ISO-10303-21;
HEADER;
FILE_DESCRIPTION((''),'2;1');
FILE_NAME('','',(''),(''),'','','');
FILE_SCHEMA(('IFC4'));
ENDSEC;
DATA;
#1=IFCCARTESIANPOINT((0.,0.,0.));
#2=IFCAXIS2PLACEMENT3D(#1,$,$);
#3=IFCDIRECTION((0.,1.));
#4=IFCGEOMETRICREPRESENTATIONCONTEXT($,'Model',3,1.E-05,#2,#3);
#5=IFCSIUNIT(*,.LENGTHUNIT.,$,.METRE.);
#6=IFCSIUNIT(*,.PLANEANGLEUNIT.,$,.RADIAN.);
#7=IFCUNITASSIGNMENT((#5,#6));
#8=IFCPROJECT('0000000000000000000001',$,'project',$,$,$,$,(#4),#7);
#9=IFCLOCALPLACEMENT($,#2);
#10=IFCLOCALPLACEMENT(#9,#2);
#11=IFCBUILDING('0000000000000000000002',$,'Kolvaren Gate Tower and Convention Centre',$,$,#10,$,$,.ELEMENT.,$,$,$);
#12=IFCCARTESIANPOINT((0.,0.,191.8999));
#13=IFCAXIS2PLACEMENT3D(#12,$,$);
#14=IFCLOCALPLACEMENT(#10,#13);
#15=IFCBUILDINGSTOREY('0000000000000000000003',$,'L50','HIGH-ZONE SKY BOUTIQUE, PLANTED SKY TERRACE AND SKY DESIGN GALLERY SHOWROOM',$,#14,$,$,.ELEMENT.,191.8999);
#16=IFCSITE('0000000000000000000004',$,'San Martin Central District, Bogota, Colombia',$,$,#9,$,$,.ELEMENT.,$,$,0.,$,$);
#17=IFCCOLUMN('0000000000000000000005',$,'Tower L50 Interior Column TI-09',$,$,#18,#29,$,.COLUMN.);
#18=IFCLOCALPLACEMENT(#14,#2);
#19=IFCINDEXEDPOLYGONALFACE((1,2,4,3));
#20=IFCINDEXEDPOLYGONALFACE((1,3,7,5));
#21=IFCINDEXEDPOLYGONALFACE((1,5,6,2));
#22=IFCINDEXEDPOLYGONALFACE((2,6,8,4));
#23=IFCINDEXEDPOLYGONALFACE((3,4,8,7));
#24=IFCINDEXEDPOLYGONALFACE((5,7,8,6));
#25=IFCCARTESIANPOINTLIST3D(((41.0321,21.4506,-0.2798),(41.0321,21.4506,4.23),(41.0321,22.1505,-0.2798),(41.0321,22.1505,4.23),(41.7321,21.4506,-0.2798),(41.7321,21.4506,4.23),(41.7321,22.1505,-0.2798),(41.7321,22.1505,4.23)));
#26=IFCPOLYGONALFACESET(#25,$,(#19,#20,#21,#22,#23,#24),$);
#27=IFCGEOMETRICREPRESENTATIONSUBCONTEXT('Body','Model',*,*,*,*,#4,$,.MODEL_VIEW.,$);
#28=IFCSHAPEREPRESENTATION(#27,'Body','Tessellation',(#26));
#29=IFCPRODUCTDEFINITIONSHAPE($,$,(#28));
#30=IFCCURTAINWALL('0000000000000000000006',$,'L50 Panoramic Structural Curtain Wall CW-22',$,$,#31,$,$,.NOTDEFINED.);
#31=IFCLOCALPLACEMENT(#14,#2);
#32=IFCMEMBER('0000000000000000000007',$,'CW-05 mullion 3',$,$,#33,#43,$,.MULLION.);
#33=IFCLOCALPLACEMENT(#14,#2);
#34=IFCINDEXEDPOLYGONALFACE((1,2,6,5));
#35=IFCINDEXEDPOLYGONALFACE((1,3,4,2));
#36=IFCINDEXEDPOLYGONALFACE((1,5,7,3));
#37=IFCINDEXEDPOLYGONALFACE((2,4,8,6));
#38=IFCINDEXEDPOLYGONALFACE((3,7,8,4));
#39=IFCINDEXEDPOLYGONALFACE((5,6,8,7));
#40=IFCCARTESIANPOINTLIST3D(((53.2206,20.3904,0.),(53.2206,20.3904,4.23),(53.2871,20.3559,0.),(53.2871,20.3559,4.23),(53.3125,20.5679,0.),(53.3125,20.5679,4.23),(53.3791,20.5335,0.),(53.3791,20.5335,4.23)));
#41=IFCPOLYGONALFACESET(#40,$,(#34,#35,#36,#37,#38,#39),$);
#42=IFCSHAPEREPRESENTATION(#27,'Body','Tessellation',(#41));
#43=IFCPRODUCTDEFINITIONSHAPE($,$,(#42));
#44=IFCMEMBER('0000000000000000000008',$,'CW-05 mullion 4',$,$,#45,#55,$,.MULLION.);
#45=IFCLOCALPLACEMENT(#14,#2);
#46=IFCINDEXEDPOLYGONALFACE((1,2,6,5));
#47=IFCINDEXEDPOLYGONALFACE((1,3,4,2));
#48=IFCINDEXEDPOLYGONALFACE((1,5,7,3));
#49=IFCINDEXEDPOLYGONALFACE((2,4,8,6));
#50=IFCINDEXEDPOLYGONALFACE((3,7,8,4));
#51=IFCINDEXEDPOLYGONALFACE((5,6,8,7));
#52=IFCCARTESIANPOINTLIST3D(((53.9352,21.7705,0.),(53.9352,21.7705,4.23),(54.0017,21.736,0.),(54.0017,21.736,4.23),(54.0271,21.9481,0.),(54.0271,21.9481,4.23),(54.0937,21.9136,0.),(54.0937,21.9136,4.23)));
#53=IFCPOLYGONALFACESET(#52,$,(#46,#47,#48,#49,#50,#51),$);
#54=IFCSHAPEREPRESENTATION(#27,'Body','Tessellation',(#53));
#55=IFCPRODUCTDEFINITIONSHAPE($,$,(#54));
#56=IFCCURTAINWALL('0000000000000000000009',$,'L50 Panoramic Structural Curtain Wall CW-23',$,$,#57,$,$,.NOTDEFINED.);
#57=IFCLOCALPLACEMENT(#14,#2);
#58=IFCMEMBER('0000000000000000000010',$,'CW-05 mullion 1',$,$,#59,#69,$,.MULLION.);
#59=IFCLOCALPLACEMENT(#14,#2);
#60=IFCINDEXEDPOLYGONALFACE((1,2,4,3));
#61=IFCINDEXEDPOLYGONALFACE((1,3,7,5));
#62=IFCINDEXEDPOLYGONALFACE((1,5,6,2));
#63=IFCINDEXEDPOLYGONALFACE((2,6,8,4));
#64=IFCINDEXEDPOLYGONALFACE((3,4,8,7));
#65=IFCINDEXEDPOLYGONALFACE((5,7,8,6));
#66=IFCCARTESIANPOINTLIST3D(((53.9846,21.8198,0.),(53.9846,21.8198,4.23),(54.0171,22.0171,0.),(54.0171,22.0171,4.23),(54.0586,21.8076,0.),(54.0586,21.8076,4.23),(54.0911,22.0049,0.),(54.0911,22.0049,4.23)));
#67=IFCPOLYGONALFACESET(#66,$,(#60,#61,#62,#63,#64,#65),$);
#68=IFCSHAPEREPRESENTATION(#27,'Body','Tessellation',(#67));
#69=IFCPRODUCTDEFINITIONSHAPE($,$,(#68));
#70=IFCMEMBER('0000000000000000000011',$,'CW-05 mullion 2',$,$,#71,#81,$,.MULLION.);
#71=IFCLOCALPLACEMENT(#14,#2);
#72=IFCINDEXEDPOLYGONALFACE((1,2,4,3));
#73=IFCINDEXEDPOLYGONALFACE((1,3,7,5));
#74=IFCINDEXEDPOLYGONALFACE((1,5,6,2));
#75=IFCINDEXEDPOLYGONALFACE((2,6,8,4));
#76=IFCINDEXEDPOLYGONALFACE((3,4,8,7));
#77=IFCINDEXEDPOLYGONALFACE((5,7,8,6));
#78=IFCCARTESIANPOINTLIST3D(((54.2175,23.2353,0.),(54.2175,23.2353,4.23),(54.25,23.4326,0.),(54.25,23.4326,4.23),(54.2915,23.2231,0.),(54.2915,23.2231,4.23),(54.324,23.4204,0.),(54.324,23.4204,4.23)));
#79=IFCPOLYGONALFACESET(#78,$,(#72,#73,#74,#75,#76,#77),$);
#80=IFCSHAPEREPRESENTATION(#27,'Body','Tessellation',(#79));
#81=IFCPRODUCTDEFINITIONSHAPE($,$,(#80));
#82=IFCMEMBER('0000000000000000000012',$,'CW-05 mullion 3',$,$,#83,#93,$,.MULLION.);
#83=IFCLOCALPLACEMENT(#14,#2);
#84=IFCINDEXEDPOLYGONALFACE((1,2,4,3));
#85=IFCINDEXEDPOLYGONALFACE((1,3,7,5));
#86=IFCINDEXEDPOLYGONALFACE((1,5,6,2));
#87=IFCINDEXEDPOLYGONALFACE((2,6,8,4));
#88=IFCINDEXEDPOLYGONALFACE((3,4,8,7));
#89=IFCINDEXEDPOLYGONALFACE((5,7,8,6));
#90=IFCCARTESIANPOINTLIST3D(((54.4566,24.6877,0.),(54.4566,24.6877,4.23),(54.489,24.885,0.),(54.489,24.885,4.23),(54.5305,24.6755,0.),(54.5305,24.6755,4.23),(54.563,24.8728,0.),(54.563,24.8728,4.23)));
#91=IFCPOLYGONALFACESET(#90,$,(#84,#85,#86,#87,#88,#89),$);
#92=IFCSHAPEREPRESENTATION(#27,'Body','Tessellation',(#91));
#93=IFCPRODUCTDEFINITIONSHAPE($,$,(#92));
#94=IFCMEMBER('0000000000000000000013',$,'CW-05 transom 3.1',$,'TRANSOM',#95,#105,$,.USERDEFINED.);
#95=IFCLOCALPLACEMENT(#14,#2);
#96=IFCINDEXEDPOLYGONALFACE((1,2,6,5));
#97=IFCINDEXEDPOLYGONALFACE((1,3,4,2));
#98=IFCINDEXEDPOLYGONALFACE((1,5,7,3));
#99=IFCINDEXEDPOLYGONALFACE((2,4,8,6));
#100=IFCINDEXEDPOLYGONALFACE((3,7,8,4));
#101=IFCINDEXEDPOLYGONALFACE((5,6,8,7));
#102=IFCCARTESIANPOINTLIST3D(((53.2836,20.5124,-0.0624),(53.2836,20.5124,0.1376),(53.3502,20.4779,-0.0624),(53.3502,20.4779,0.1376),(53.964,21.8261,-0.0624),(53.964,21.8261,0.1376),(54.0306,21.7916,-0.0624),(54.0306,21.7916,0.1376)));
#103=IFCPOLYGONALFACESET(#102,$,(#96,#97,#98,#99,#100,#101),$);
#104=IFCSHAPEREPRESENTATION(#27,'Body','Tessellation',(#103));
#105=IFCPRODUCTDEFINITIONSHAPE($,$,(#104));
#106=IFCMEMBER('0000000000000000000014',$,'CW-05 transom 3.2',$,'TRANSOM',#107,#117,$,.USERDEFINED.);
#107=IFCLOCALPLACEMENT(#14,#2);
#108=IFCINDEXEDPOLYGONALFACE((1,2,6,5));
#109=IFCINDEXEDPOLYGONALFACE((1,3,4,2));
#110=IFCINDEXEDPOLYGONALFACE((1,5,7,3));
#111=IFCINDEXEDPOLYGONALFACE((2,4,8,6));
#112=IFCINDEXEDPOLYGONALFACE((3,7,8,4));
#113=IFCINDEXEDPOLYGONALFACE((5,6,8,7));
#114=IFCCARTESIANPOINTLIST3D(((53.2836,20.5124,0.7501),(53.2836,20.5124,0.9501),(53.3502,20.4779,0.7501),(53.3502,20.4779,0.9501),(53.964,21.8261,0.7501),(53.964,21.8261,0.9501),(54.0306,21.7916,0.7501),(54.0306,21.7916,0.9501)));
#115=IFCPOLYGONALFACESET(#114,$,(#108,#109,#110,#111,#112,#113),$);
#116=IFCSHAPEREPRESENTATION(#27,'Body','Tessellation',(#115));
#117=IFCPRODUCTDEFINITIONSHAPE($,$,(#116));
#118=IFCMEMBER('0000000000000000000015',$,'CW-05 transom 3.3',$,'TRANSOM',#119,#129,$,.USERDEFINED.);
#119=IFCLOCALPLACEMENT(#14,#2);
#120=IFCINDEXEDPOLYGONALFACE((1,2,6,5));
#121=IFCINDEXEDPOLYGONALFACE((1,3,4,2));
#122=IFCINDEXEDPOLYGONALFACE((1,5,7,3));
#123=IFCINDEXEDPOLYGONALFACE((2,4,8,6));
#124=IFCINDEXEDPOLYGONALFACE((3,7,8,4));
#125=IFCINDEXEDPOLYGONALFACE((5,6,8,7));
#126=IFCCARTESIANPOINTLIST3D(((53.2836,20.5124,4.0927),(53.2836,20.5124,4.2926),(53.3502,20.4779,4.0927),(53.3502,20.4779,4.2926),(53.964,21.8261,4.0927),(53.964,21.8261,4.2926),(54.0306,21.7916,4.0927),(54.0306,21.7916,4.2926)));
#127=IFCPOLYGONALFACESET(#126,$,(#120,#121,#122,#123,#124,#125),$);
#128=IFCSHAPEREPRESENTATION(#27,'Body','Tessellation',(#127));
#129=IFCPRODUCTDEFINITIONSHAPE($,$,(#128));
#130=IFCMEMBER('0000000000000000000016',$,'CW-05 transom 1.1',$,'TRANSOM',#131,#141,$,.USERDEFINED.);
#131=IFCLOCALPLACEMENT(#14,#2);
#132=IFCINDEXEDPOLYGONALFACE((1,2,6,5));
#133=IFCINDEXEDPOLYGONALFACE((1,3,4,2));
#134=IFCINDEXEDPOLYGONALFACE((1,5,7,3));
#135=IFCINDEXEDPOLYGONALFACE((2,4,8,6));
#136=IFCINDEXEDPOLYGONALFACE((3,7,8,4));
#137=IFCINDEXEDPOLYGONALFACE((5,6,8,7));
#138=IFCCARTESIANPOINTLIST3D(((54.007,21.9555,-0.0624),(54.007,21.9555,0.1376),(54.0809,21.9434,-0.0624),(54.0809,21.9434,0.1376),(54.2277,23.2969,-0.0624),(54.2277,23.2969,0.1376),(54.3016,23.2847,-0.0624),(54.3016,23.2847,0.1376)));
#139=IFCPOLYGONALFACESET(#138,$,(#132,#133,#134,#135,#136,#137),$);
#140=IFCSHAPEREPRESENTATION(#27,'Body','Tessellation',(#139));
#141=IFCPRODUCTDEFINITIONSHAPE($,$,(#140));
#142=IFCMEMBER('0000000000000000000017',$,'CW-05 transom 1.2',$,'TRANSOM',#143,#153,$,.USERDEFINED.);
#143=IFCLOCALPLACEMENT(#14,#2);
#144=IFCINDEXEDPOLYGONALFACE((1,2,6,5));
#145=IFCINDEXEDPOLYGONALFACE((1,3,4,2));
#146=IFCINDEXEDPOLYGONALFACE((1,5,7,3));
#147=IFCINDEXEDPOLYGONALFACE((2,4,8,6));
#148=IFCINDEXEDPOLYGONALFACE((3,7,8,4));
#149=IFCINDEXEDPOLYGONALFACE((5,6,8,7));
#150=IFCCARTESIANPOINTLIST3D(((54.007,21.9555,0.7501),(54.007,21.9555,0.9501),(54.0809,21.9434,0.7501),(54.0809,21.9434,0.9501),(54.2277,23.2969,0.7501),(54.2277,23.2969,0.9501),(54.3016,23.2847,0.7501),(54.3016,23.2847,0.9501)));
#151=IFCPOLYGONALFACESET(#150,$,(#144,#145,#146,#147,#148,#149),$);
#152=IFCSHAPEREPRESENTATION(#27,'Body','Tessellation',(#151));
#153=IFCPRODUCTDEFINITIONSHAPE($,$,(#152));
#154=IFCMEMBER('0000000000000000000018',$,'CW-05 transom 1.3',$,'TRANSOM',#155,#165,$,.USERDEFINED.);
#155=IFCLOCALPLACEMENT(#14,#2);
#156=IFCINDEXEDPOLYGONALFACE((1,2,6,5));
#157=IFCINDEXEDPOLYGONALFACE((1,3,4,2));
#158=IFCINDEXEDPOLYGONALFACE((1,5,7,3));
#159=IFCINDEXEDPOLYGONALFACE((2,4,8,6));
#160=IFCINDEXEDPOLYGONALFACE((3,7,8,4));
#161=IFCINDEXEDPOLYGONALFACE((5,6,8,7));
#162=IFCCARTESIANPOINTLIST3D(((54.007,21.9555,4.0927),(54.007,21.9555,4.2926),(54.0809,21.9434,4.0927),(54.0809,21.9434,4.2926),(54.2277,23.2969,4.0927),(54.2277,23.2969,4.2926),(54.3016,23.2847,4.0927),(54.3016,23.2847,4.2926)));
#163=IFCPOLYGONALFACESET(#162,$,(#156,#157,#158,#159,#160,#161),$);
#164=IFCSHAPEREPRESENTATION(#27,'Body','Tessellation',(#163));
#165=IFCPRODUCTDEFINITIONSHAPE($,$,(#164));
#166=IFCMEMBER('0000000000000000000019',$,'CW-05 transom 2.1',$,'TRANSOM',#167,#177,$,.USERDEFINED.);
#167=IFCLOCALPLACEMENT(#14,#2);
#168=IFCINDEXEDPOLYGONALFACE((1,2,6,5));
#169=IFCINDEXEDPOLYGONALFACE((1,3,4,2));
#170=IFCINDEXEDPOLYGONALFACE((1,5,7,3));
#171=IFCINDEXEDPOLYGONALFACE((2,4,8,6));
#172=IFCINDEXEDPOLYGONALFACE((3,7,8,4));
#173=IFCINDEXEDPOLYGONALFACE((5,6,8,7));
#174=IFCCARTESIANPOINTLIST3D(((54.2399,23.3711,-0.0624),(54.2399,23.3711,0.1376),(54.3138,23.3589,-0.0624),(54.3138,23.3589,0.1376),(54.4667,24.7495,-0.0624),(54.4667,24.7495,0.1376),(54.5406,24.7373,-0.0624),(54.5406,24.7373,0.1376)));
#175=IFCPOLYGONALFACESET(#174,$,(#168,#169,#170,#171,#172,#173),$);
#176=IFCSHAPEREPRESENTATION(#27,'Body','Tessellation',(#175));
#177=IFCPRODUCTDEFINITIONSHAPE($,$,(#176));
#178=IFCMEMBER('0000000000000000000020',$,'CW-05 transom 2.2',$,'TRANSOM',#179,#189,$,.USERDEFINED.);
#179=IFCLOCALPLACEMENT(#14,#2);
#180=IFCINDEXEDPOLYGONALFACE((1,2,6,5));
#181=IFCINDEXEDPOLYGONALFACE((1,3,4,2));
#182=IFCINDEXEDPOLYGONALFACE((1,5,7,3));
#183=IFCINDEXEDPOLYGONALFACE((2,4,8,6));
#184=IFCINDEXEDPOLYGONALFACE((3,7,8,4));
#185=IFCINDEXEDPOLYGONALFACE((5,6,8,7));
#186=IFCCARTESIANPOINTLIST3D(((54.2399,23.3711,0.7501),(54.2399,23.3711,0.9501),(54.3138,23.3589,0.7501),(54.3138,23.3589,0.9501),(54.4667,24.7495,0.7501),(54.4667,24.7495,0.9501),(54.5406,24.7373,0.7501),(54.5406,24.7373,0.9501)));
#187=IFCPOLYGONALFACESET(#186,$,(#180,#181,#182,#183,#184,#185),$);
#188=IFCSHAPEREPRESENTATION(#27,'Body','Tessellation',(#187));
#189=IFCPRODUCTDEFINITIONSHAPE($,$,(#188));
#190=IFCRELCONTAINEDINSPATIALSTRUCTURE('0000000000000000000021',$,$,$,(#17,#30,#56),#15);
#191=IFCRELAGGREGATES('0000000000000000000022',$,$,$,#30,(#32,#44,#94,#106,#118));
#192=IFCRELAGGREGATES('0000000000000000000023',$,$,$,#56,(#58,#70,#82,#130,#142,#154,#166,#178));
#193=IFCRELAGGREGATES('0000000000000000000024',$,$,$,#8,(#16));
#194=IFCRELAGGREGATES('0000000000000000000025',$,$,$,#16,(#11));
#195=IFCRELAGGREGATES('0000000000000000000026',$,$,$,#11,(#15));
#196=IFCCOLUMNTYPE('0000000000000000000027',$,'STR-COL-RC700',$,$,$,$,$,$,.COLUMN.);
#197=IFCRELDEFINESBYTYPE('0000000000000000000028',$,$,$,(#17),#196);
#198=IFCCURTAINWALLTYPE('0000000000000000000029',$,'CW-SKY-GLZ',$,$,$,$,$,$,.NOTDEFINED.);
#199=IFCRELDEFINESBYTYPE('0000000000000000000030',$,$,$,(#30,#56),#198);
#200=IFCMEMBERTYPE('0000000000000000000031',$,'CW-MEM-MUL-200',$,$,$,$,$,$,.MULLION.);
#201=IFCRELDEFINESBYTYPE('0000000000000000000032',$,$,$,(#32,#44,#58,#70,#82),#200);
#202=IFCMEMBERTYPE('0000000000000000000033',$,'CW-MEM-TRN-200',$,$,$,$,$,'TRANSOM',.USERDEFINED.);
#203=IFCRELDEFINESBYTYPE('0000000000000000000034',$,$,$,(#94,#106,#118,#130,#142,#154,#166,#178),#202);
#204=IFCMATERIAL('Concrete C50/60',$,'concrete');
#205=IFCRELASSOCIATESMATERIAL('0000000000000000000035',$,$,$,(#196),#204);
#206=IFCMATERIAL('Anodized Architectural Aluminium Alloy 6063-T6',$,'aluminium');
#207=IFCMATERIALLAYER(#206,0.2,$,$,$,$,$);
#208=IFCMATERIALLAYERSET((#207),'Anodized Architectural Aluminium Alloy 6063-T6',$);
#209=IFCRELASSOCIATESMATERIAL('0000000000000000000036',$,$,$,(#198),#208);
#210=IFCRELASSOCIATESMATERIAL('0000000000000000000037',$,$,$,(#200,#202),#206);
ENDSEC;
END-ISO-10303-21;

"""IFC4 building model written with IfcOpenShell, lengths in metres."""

from ifc_helpers import new_model, si_unit, direction, frame, origin, origin_2d, place, context, subcontext, project, spatial, rectangle, extrude, material, layer, layer_set, material_profile, profile_set, type_object, element, aggregate, save


model = new_model("IFC4")

# Units and contexts
model_context = context("Model", 3, precision=1e-05, world=origin(), true_north=direction((0.0, 1.0)))
body_context = subcontext(model_context, "Body", "Model", "MODEL_VIEW")
ifc_project = project(units=[si_unit("LENGTHUNIT", "METRE"), si_unit("PLANEANGLEUNIT", "RADIAN")], contexts=[model_context])

# Site, building, storey
site_placement = place(None, origin())
site = spatial("IfcSite", under=ifc_project, at=site_placement, Name="San Martin Central District, Bogota, Colombia", CompositionType="ELEMENT", RefElevation=0.0)
building_placement = place(site_placement, origin())
building = spatial("IfcBuilding", under=site, at=building_placement, Name="Kolvaren Gate Tower and Convention Centre", CompositionType="ELEMENT")
storey_placement = place(building_placement, frame((0.0, 0.0, 191.8999)))
storey = spatial("IfcBuildingStorey", under=building, at=storey_placement, Name="L50", Description="HIGH-ZONE SKY BOUTIQUE, PLANTED SKY TERRACE AND SKY DESIGN GALLERY SHOWROOM", CompositionType="ELEMENT", Elevation=191.8999)

# Column
ifc_material_1 = material(Name="Concrete C50/60", Category="concrete")
ifc_material_profile_1 = material_profile(ifc_material_1, rectangle(XDim=0.7, YDim=0.7, at=origin_2d()), Name="RC-COL-700X700")
ifc_profile_set_1 = profile_set([ifc_material_profile_1], Name="Concrete C50/60")
column_type = type_object("IfcColumnType", Name="STR-COL-RC700", PredefinedType="COLUMN", material=ifc_profile_set_1)
column_placement = place(storey_placement, frame((41.3821, 21.8005, -0.2798), z_axis=(0.0, 0.0, 1.0), x_axis=(1.0, 0.0, 0.0)))
element("IfcColumn", 1, at=column_placement, inside=storey, type_object=column_type, Name="Tower L50 Interior Column TI-09", PredefinedType="COLUMN", context=body_context, shape_type="SweptSolid", body=[
    extrude(rectangle(XDim=0.7, YDim=0.7, at=origin_2d()), origin(), (0.0, 0.0, 1.0), 4.5098),
])

# Curtain walls, members
ifc_material_2 = material(Name="Anodized Architectural Aluminium Alloy 6063-T6", Category="aluminium")
ifc_layer_1 = layer(ifc_material_2, 0.2)
ifc_layer_set_1 = layer_set([ifc_layer_1], Name="Anodized Architectural Aluminium Alloy 6063-T6")
curtain_wall_type = type_object("IfcCurtainWallType", Name="CW-SKY-GLZ", PredefinedType="NOTDEFINED", material=ifc_layer_set_1)
curtain_wall_1_placement = place(storey_placement, origin())
curtain_wall_1 = element("IfcCurtainWall", 2, at=curtain_wall_1_placement, inside=storey, type_object=curtain_wall_type, Name="L50 Panoramic Structural Curtain Wall CW-22", PredefinedType="NOTDEFINED")
ifc_material_profile_2 = material_profile(ifc_material_2, rectangle(XDim=0.075, YDim=0.2, at=origin_2d()), Name="CW-MEM-MUL-200")
ifc_profile_set_2 = profile_set([ifc_material_profile_2], Name="Anodized Architectural Aluminium Alloy 6063-T6")
member_type_1 = type_object("IfcMemberType", Name="CW-MEM-MUL-200", PredefinedType="MULLION", material=ifc_profile_set_2)
member_1_placement = place(storey_placement, frame((53.2998, 20.4619, 0.0), z_axis=(0.0, 0.0, 1.0), x_axis=(-0.888023, 0.4598, 0.0)))
member_1 = element("IfcMember", 3, at=member_1_placement, type_object=member_type_1, Name="CW-05 mullion 3", PredefinedType="MULLION", context=body_context, shape_type="SweptSolid", body=[
    extrude(rectangle(XDim=0.075, YDim=0.2, at=origin_2d()), origin(), (0.0, 0.0, 1.0), 4.23),
])
member_2_placement = place(storey_placement, frame((54.0144, 21.842, 0.0), z_axis=(0.0, 0.0, 1.0), x_axis=(-0.888023, 0.4598, 0.0)))
member_2 = element("IfcMember", 4, at=member_2_placement, type_object=member_type_1, Name="CW-05 mullion 4", PredefinedType="MULLION", context=body_context, shape_type="SweptSolid", body=[
    extrude(rectangle(XDim=0.075, YDim=0.2, at=origin_2d()), origin(), (0.0, 0.0, 1.0), 4.23),
])
curtain_wall_2_placement = place(storey_placement, origin())
curtain_wall_2 = element("IfcCurtainWall", 5, at=curtain_wall_2_placement, inside=storey, type_object=curtain_wall_type, Name="L50 Panoramic Structural Curtain Wall CW-23", PredefinedType="NOTDEFINED")
member_3_placement = place(storey_placement, frame((54.0378, 21.9124, 0.0), z_axis=(0.0, 0.0, 1.0), x_axis=(-0.986731, 0.162364, 0.0)))
member_3 = element("IfcMember", 6, at=member_3_placement, type_object=member_type_1, Name="CW-05 mullion 1", PredefinedType="MULLION", context=body_context, shape_type="SweptSolid", body=[
    extrude(rectangle(XDim=0.075, YDim=0.2, at=origin_2d()), origin(), (0.0, 0.0, 1.0), 4.23),
])
member_4_placement = place(storey_placement, frame((54.2708, 23.3279, 0.0), z_axis=(0.0, 0.0, 1.0), x_axis=(-0.986731, 0.162364, 0.0)))
member_4 = element("IfcMember", 7, at=member_4_placement, type_object=member_type_1, Name="CW-05 mullion 2", PredefinedType="MULLION", context=body_context, shape_type="SweptSolid", body=[
    extrude(rectangle(XDim=0.075, YDim=0.2, at=origin_2d()), origin(), (0.0, 0.0, 1.0), 4.23),
])
member_5_placement = place(storey_placement, frame((54.5098, 24.7803, 0.0), z_axis=(0.0, 0.0, 1.0), x_axis=(-0.986731, 0.162364, 0.0)))
member_5 = element("IfcMember", 8, at=member_5_placement, type_object=member_type_1, Name="CW-05 mullion 3", PredefinedType="MULLION", context=body_context, shape_type="SweptSolid", body=[
    extrude(rectangle(XDim=0.075, YDim=0.2, at=origin_2d()), origin(), (0.0, 0.0, 1.0), 4.23),
])

# Members
ifc_material_profile_3 = material_profile(ifc_material_2, rectangle(XDim=0.075, YDim=0.2, at=origin_2d()), Name="CW-MEM-TRN-200")
ifc_profile_set_3 = profile_set([ifc_material_profile_3], Name="Anodized Architectural Aluminium Alloy 6063-T6")
member_type_2 = type_object("IfcMemberType", Name="CW-MEM-TRN-200", ElementType="TRANSOM", PredefinedType="USERDEFINED", material=ifc_profile_set_3)
member_6_placement = place(storey_placement, frame((53.3169, 20.4951, 0.0376), z_axis=(0.459908, 0.887967, 0.0), x_axis=(-0.887967, 0.459908, 0.0)))
member_6 = element("IfcMember", 9, at=member_6_placement, type_object=member_type_2, Name="CW-05 transom 3.1", ObjectType="TRANSOM", PredefinedType="USERDEFINED", context=body_context, shape_type="SweptSolid", body=[
    extrude(rectangle(XDim=0.075, YDim=0.2, at=origin_2d()), origin(), (0.0, 0.0, 1.0), 1.4795),
])
member_7_placement = place(storey_placement, frame((53.3169, 20.4951, 0.8501), z_axis=(0.459908, 0.887967, 0.0), x_axis=(-0.887967, 0.459908, 0.0)))
member_7 = element("IfcMember", 10, at=member_7_placement, type_object=member_type_2, Name="CW-05 transom 3.2", ObjectType="TRANSOM", PredefinedType="USERDEFINED", context=body_context, shape_type="SweptSolid", body=[
    extrude(rectangle(XDim=0.075, YDim=0.2, at=origin_2d()), origin(), (0.0, 0.0, 1.0), 1.4795),
])
member_8_placement = place(storey_placement, frame((53.3169, 20.4951, 4.1926), z_axis=(0.459908, 0.887967, 0.0), x_axis=(-0.887967, 0.459908, 0.0)))
member_8 = element("IfcMember", 11, at=member_8_placement, type_object=member_type_2, Name="CW-05 transom 3.3", ObjectType="TRANSOM", PredefinedType="USERDEFINED", context=body_context, shape_type="SweptSolid", body=[
    extrude(rectangle(XDim=0.075, YDim=0.2, at=origin_2d()), origin(), (0.0, 0.0, 1.0), 1.4795),
])
member_9_placement = place(storey_placement, frame((54.0439, 21.9495, 0.0376), z_axis=(0.16236, 0.986732, 0.0), x_axis=(-0.986732, 0.16236, 0.0)))
member_9 = element("IfcMember", 12, at=member_9_placement, type_object=member_type_2, Name="CW-05 transom 1.1", ObjectType="TRANSOM", PredefinedType="USERDEFINED", context=body_context, shape_type="SweptSolid", body=[
    extrude(rectangle(XDim=0.075, YDim=0.2, at=origin_2d()), origin(), (0.0, 0.0, 1.0), 1.3594),
])
member_10_placement = place(storey_placement, frame((54.0439, 21.9495, 0.8501), z_axis=(0.16236, 0.986732, 0.0), x_axis=(-0.986732, 0.16236, 0.0)))
member_10 = element("IfcMember", 13, at=member_10_placement, type_object=member_type_2, Name="CW-05 transom 1.2", ObjectType="TRANSOM", PredefinedType="USERDEFINED", context=body_context, shape_type="SweptSolid", body=[
    extrude(rectangle(XDim=0.075, YDim=0.2, at=origin_2d()), origin(), (0.0, 0.0, 1.0), 1.3594),
])
member_11_placement = place(storey_placement, frame((54.0439, 21.9495, 4.1926), z_axis=(0.16236, 0.986732, 0.0), x_axis=(-0.986732, 0.16236, 0.0)))
member_11 = element("IfcMember", 14, at=member_11_placement, type_object=member_type_2, Name="CW-05 transom 1.3", ObjectType="TRANSOM", PredefinedType="USERDEFINED", context=body_context, shape_type="SweptSolid", body=[
    extrude(rectangle(XDim=0.075, YDim=0.2, at=origin_2d()), origin(), (0.0, 0.0, 1.0), 1.3594),
])
member_12_placement = place(storey_placement, frame((54.2769, 23.365, 0.0376), z_axis=(0.162358, 0.986732, 0.0), x_axis=(-0.986732, 0.162358, 0.0)))
member_12 = element("IfcMember", 15, at=member_12_placement, type_object=member_type_2, Name="CW-05 transom 2.1", ObjectType="TRANSOM", PredefinedType="USERDEFINED", context=body_context, shape_type="SweptSolid", body=[
    extrude(rectangle(XDim=0.075, YDim=0.2, at=origin_2d()), origin(), (0.0, 0.0, 1.0), 1.397),
])
member_13_placement = place(storey_placement, frame((54.2769, 23.365, 0.8501), z_axis=(0.162358, 0.986732, 0.0), x_axis=(-0.986732, 0.162358, 0.0)))
member_13 = element("IfcMember", 16, at=member_13_placement, type_object=member_type_2, Name="CW-05 transom 2.2", ObjectType="TRANSOM", PredefinedType="USERDEFINED", context=body_context, shape_type="SweptSolid", body=[
    extrude(rectangle(XDim=0.075, YDim=0.2, at=origin_2d()), origin(), (0.0, 0.0, 1.0), 1.397),
])

aggregate(curtain_wall_1, [member_1, member_2, member_6, member_7, member_8])
aggregate(curtain_wall_2, [member_3, member_4, member_5, member_9, member_10, member_11, member_12, member_13])

save(model, "model.ifc")
